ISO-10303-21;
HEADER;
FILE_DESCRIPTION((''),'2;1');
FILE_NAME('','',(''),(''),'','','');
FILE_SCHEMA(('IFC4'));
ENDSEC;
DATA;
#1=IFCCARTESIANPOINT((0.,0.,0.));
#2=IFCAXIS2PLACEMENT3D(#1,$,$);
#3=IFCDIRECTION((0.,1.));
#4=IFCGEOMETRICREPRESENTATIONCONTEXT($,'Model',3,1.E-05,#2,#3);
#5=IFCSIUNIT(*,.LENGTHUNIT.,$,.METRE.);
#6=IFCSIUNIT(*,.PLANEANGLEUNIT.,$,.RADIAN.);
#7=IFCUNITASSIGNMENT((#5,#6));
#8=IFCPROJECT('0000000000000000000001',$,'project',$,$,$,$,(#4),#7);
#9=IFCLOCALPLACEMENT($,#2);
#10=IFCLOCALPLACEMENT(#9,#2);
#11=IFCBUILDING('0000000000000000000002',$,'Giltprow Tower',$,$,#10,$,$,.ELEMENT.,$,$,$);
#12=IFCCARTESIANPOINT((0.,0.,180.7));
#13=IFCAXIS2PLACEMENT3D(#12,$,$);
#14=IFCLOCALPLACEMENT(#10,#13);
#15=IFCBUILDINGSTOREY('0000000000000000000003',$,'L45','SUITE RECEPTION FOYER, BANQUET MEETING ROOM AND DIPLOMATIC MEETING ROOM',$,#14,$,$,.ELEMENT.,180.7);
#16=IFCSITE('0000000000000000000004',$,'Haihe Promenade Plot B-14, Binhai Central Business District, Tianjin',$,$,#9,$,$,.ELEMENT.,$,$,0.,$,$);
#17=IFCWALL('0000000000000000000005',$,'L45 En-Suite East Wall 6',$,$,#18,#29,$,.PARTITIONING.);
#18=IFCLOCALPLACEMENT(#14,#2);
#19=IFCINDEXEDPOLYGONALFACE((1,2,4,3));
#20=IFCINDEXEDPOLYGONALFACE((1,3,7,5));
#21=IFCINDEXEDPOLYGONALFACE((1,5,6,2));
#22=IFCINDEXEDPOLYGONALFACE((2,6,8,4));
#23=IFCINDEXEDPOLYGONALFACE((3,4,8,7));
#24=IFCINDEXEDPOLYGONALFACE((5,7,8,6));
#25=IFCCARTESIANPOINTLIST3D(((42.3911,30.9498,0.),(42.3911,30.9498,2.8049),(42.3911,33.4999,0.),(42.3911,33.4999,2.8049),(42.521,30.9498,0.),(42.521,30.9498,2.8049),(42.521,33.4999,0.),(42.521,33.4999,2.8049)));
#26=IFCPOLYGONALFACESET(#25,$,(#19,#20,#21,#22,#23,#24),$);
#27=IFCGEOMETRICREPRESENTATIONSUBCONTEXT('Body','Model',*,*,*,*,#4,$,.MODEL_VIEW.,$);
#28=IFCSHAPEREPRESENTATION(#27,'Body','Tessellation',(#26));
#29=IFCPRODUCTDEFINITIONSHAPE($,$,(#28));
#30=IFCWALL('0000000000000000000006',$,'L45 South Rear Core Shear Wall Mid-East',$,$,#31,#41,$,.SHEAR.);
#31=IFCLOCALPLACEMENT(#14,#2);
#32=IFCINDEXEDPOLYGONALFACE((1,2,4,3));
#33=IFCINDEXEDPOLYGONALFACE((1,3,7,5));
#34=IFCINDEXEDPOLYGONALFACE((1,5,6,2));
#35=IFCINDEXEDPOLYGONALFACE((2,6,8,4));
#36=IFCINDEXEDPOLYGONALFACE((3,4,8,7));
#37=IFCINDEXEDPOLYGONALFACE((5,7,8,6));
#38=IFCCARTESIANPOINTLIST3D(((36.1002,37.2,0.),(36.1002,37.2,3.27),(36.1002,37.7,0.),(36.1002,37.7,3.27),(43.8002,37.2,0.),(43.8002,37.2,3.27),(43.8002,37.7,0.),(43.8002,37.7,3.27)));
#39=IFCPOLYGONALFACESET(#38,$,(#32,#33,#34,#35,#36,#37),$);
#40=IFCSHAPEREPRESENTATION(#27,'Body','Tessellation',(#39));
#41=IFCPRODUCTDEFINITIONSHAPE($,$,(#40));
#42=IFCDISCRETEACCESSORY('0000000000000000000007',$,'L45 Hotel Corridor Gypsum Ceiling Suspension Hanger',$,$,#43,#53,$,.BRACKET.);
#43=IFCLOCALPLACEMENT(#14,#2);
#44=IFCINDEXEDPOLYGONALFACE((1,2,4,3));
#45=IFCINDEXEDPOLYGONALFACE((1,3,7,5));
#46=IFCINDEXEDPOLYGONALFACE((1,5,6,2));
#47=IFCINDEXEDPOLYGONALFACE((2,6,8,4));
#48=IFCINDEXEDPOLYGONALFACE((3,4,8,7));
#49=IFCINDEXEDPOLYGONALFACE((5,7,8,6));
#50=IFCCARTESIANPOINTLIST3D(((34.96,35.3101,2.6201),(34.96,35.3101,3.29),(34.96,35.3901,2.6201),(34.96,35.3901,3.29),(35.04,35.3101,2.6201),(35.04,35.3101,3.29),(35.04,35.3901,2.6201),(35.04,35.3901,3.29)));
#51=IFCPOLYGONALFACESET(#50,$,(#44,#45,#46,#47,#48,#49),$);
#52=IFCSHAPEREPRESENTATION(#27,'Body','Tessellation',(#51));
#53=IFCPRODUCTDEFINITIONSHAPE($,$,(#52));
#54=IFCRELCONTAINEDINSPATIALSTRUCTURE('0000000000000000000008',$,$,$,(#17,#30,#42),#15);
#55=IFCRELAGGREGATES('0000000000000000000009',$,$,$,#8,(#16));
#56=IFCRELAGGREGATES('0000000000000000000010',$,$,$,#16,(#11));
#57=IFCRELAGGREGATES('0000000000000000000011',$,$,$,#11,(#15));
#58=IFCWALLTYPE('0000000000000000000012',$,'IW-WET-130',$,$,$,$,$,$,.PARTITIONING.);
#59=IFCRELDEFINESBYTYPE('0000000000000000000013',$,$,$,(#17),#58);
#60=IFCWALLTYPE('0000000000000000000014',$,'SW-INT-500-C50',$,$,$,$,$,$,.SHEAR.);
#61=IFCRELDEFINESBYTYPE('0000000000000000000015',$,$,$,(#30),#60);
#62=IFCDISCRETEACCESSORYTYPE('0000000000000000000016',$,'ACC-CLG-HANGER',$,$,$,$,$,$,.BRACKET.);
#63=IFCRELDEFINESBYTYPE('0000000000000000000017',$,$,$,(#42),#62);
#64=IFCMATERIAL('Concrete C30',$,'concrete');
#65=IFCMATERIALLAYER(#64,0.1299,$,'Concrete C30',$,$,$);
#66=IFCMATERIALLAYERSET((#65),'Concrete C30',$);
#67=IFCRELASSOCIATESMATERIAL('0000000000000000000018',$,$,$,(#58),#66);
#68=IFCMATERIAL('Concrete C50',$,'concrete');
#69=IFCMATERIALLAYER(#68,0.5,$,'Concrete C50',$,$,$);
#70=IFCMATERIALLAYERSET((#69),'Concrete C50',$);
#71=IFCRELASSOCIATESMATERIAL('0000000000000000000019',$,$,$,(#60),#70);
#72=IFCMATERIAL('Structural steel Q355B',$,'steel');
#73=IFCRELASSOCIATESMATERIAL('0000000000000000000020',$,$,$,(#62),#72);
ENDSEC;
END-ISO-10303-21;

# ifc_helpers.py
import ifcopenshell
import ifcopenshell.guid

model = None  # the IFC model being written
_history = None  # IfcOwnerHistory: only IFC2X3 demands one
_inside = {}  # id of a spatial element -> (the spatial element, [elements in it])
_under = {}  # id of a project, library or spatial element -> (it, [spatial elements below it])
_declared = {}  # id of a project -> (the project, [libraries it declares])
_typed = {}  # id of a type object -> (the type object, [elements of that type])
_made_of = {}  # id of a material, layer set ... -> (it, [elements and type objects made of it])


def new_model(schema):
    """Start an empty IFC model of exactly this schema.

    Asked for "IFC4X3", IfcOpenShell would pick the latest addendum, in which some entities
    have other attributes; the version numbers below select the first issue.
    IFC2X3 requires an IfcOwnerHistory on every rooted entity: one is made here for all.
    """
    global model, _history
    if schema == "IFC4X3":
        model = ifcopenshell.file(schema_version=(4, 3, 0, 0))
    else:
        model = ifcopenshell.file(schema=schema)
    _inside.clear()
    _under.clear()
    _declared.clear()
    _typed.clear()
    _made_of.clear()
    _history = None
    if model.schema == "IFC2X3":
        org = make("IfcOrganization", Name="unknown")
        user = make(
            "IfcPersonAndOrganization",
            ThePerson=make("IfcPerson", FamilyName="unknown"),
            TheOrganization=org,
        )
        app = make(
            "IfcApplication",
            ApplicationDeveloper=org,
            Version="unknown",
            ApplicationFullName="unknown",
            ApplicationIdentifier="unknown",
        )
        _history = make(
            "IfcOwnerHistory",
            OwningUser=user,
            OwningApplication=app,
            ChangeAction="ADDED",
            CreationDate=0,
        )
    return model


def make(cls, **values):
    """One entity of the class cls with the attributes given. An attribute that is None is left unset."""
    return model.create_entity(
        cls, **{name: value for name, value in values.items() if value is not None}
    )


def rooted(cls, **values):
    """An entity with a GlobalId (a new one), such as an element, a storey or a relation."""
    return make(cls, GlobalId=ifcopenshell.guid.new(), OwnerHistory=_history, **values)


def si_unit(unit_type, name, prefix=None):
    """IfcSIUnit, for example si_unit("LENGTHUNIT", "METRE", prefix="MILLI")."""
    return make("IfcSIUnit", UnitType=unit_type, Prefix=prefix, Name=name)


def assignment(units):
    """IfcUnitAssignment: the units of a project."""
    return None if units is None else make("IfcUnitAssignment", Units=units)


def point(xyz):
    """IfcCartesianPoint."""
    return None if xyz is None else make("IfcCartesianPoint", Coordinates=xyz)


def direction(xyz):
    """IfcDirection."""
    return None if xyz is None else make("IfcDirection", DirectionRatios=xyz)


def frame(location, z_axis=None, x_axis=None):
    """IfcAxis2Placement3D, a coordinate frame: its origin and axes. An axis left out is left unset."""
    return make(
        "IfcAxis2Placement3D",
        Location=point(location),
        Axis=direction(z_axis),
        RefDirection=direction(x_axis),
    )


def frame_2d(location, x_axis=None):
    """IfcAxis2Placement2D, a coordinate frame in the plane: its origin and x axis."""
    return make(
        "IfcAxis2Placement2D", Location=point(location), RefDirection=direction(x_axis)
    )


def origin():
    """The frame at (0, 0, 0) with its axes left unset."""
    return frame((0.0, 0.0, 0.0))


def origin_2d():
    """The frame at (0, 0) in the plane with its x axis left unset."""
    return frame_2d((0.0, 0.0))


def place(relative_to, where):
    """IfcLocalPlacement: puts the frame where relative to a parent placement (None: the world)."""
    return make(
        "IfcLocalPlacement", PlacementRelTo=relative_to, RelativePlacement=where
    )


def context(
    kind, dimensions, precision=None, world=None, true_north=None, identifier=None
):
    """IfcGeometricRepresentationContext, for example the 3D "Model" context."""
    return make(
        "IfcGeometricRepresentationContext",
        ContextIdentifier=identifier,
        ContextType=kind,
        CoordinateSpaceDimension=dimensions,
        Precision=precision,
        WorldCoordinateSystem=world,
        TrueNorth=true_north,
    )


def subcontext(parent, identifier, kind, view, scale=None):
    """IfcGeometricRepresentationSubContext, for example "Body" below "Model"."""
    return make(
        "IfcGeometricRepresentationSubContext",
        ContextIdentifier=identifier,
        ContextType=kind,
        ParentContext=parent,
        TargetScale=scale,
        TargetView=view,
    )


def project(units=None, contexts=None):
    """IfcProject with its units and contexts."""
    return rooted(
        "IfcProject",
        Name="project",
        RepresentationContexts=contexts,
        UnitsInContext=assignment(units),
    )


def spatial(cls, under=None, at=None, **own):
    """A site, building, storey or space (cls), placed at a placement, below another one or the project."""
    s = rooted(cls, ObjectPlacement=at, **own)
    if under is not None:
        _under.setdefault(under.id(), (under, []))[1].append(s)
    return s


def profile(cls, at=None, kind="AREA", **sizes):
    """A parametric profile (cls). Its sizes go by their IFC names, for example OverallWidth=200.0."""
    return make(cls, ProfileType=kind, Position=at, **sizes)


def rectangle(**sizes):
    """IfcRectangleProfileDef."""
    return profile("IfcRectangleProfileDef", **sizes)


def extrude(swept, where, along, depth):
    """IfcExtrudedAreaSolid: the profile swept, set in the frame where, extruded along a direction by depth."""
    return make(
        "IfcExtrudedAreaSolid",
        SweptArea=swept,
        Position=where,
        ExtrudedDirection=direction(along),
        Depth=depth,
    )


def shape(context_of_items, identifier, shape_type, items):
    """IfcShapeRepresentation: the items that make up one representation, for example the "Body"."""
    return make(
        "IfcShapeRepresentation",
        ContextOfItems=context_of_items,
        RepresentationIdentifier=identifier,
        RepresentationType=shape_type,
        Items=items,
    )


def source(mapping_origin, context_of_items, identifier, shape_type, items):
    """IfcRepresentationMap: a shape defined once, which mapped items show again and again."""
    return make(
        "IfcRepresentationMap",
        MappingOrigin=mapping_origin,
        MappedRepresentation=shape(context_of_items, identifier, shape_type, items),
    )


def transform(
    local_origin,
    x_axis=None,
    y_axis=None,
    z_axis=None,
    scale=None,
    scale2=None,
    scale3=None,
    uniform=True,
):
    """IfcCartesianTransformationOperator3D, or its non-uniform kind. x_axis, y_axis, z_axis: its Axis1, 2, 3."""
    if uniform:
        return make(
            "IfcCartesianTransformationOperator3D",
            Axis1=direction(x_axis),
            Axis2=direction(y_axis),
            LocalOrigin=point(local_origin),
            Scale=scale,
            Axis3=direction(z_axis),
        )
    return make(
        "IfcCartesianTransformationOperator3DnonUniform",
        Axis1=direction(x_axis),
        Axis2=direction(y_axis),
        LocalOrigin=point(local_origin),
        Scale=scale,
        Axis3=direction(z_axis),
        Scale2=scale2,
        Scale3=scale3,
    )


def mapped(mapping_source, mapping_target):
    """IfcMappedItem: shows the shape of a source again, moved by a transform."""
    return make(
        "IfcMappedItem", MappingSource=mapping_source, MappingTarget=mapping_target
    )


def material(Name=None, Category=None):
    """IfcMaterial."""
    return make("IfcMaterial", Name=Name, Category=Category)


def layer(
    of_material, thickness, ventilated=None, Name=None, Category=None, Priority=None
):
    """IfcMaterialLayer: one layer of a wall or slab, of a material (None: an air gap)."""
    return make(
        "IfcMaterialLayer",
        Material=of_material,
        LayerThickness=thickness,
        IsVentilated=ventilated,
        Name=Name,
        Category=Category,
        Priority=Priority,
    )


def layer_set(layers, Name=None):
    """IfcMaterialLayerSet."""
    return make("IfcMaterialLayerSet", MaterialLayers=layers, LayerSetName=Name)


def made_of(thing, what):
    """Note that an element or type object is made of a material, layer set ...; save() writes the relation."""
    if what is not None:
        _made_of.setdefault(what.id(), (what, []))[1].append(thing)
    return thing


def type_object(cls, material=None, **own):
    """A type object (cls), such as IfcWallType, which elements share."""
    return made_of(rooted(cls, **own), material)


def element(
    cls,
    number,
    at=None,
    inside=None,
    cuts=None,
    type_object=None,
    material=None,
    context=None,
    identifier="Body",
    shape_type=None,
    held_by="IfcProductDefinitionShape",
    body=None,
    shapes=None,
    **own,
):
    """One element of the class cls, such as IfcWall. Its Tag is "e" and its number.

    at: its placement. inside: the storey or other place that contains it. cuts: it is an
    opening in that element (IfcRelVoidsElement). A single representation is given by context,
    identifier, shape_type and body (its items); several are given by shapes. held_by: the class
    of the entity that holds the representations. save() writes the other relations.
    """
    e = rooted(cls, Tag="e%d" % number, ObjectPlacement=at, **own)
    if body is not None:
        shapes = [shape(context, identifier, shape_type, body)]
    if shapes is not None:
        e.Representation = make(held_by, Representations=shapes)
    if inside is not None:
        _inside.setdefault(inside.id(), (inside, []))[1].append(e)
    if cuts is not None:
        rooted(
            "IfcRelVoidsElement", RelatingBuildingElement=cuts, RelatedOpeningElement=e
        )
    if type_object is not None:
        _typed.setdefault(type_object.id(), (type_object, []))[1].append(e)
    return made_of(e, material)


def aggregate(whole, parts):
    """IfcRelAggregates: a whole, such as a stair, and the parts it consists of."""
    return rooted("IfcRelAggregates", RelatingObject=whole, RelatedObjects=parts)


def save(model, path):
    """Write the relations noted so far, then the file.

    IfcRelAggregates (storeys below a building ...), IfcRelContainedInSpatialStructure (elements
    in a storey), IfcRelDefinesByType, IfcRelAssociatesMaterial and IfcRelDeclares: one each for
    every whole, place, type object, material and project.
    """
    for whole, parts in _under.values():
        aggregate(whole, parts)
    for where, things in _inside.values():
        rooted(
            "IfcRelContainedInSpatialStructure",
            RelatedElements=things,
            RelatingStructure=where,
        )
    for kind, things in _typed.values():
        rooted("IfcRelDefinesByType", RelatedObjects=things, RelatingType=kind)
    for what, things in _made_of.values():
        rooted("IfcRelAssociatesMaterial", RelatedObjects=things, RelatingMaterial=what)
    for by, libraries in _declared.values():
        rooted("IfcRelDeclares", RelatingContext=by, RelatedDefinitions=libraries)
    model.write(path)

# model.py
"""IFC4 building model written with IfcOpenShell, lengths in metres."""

from ifc_helpers import new_model, si_unit, direction, frame, frame_2d, origin, origin_2d, place, context, subcontext, project, spatial, rectangle, extrude, source, transform, mapped, material, layer, layer_set, type_object, element, save


model = new_model("IFC4")

# Units and contexts
model_context = context("Model", 3, precision=1e-05, world=origin(), true_north=direction((0.0, 1.0)))
body_context = subcontext(model_context, "Body", "Model", "MODEL_VIEW")
ifc_project = project(units=[si_unit("LENGTHUNIT", "METRE"), si_unit("PLANEANGLEUNIT", "RADIAN")], contexts=[model_context])

# Site, building, storey
site_placement = place(None, origin())
site = spatial("IfcSite", under=ifc_project, at=site_placement, Name="Haihe Promenade Plot B-14, Binhai Central Business District, Tianjin", CompositionType="ELEMENT", RefElevation=0.0)
building_placement = place(site_placement, origin())
building = spatial("IfcBuilding", under=site, at=building_placement, Name="Giltprow Tower", CompositionType="ELEMENT")
storey_placement = place(building_placement, frame((0.0, 0.0, 180.7)))
storey = spatial("IfcBuildingStorey", under=building, at=storey_placement, Name="L45", Description="SUITE RECEPTION FOYER, BANQUET MEETING ROOM AND DIPLOMATIC MEETING ROOM", CompositionType="ELEMENT", Elevation=180.7)

# Shared definitions
ifc_material_1 = material(Name="Concrete C50", Category="concrete")

# Shared definitions
ifc_material_2 = material(Name="Structural steel Q355B", Category="steel")

# Shared definitions
ifc_material_3 = material(Name="Concrete C30", Category="concrete")
ifc_layer_1 = layer(ifc_material_3, 0.1299, Name="Concrete C30")
ifc_layer_set_1 = layer_set([ifc_layer_1], Name="Concrete C30")
wall_type_1 = type_object("IfcWallType", Name="IW-WET-130", PredefinedType="PARTITIONING", material=ifc_layer_set_1)

# Walls
wall_1_placement = place(storey_placement, frame((42.4561, 30.95, 0.0), z_axis=(0.0, 0.0, 1.0), x_axis=(0.0, 1.0, 0.0)))
element("IfcWall", 1, at=wall_1_placement, inside=storey, type_object=wall_type_1, Name="L45 En-Suite East Wall 6", PredefinedType="PARTITIONING", context=body_context, shape_type="SweptSolid", body=[
    extrude(rectangle(XDim=2.55, YDim=0.1299, at=frame_2d((1.2749, 0.0))), origin(), (0.0, 0.0, 1.0), 2.8049),
])
ifc_layer_2 = layer(ifc_material_1, 0.5, Name="Concrete C50")
ifc_layer_set_2 = layer_set([ifc_layer_2], Name="Concrete C50")
wall_type_2 = type_object("IfcWallType", Name="SW-INT-500-C50", PredefinedType="SHEAR", material=ifc_layer_set_2)
wall_2_placement = place(storey_placement, frame((36.1001, 37.45, 0.0), z_axis=(0.0, 0.0, 1.0), x_axis=(1.0, 0.0, 0.0)))
element("IfcWall", 2, at=wall_2_placement, inside=storey, type_object=wall_type_2, Name="L45 South Rear Core Shear Wall Mid-East", PredefinedType="SHEAR", context=body_context, shape_type="SweptSolid", body=[
    extrude(rectangle(XDim=7.7, YDim=0.5, at=frame_2d((3.8501, 0.0))), origin(), (0.0, 0.0, 1.0), 3.27),
])

# Discrete accessory
discrete_accessory_type = type_object("IfcDiscreteAccessoryType", Name="ACC-CLG-HANGER", PredefinedType="BRACKET", material=ifc_material_2)
shared_shape_1 = source(origin(), body_context, "Body", "SweptSolid", [
    extrude(rectangle(XDim=0.0801, YDim=0.0801, at=origin_2d()), origin(), (0.0, 0.0, 1.0), 0.6699),
])
discrete_accessory_placement = place(storey_placement, frame((35.0, 35.3501, 2.6201), z_axis=(0.0, 0.0, 1.0), x_axis=(1.0, 0.0, 0.0)))
element("IfcDiscreteAccessory", 3, at=discrete_accessory_placement, inside=storey, type_object=discrete_accessory_type, Name="L45 Hotel Corridor Gypsum Ceiling Suspension Hanger", PredefinedType="BRACKET", context=body_context, shape_type="MappedRepresentation", body=[
    mapped(shared_shape_1, transform((0.0, 0.0, 0.0), x_axis=(1.0, 0.0, 0.0), y_axis=(0.0, 1.0, 0.0), z_axis=(0.0, 0.0, 1.0), scale=1.0)),
])

save(model, "model.ifc")
